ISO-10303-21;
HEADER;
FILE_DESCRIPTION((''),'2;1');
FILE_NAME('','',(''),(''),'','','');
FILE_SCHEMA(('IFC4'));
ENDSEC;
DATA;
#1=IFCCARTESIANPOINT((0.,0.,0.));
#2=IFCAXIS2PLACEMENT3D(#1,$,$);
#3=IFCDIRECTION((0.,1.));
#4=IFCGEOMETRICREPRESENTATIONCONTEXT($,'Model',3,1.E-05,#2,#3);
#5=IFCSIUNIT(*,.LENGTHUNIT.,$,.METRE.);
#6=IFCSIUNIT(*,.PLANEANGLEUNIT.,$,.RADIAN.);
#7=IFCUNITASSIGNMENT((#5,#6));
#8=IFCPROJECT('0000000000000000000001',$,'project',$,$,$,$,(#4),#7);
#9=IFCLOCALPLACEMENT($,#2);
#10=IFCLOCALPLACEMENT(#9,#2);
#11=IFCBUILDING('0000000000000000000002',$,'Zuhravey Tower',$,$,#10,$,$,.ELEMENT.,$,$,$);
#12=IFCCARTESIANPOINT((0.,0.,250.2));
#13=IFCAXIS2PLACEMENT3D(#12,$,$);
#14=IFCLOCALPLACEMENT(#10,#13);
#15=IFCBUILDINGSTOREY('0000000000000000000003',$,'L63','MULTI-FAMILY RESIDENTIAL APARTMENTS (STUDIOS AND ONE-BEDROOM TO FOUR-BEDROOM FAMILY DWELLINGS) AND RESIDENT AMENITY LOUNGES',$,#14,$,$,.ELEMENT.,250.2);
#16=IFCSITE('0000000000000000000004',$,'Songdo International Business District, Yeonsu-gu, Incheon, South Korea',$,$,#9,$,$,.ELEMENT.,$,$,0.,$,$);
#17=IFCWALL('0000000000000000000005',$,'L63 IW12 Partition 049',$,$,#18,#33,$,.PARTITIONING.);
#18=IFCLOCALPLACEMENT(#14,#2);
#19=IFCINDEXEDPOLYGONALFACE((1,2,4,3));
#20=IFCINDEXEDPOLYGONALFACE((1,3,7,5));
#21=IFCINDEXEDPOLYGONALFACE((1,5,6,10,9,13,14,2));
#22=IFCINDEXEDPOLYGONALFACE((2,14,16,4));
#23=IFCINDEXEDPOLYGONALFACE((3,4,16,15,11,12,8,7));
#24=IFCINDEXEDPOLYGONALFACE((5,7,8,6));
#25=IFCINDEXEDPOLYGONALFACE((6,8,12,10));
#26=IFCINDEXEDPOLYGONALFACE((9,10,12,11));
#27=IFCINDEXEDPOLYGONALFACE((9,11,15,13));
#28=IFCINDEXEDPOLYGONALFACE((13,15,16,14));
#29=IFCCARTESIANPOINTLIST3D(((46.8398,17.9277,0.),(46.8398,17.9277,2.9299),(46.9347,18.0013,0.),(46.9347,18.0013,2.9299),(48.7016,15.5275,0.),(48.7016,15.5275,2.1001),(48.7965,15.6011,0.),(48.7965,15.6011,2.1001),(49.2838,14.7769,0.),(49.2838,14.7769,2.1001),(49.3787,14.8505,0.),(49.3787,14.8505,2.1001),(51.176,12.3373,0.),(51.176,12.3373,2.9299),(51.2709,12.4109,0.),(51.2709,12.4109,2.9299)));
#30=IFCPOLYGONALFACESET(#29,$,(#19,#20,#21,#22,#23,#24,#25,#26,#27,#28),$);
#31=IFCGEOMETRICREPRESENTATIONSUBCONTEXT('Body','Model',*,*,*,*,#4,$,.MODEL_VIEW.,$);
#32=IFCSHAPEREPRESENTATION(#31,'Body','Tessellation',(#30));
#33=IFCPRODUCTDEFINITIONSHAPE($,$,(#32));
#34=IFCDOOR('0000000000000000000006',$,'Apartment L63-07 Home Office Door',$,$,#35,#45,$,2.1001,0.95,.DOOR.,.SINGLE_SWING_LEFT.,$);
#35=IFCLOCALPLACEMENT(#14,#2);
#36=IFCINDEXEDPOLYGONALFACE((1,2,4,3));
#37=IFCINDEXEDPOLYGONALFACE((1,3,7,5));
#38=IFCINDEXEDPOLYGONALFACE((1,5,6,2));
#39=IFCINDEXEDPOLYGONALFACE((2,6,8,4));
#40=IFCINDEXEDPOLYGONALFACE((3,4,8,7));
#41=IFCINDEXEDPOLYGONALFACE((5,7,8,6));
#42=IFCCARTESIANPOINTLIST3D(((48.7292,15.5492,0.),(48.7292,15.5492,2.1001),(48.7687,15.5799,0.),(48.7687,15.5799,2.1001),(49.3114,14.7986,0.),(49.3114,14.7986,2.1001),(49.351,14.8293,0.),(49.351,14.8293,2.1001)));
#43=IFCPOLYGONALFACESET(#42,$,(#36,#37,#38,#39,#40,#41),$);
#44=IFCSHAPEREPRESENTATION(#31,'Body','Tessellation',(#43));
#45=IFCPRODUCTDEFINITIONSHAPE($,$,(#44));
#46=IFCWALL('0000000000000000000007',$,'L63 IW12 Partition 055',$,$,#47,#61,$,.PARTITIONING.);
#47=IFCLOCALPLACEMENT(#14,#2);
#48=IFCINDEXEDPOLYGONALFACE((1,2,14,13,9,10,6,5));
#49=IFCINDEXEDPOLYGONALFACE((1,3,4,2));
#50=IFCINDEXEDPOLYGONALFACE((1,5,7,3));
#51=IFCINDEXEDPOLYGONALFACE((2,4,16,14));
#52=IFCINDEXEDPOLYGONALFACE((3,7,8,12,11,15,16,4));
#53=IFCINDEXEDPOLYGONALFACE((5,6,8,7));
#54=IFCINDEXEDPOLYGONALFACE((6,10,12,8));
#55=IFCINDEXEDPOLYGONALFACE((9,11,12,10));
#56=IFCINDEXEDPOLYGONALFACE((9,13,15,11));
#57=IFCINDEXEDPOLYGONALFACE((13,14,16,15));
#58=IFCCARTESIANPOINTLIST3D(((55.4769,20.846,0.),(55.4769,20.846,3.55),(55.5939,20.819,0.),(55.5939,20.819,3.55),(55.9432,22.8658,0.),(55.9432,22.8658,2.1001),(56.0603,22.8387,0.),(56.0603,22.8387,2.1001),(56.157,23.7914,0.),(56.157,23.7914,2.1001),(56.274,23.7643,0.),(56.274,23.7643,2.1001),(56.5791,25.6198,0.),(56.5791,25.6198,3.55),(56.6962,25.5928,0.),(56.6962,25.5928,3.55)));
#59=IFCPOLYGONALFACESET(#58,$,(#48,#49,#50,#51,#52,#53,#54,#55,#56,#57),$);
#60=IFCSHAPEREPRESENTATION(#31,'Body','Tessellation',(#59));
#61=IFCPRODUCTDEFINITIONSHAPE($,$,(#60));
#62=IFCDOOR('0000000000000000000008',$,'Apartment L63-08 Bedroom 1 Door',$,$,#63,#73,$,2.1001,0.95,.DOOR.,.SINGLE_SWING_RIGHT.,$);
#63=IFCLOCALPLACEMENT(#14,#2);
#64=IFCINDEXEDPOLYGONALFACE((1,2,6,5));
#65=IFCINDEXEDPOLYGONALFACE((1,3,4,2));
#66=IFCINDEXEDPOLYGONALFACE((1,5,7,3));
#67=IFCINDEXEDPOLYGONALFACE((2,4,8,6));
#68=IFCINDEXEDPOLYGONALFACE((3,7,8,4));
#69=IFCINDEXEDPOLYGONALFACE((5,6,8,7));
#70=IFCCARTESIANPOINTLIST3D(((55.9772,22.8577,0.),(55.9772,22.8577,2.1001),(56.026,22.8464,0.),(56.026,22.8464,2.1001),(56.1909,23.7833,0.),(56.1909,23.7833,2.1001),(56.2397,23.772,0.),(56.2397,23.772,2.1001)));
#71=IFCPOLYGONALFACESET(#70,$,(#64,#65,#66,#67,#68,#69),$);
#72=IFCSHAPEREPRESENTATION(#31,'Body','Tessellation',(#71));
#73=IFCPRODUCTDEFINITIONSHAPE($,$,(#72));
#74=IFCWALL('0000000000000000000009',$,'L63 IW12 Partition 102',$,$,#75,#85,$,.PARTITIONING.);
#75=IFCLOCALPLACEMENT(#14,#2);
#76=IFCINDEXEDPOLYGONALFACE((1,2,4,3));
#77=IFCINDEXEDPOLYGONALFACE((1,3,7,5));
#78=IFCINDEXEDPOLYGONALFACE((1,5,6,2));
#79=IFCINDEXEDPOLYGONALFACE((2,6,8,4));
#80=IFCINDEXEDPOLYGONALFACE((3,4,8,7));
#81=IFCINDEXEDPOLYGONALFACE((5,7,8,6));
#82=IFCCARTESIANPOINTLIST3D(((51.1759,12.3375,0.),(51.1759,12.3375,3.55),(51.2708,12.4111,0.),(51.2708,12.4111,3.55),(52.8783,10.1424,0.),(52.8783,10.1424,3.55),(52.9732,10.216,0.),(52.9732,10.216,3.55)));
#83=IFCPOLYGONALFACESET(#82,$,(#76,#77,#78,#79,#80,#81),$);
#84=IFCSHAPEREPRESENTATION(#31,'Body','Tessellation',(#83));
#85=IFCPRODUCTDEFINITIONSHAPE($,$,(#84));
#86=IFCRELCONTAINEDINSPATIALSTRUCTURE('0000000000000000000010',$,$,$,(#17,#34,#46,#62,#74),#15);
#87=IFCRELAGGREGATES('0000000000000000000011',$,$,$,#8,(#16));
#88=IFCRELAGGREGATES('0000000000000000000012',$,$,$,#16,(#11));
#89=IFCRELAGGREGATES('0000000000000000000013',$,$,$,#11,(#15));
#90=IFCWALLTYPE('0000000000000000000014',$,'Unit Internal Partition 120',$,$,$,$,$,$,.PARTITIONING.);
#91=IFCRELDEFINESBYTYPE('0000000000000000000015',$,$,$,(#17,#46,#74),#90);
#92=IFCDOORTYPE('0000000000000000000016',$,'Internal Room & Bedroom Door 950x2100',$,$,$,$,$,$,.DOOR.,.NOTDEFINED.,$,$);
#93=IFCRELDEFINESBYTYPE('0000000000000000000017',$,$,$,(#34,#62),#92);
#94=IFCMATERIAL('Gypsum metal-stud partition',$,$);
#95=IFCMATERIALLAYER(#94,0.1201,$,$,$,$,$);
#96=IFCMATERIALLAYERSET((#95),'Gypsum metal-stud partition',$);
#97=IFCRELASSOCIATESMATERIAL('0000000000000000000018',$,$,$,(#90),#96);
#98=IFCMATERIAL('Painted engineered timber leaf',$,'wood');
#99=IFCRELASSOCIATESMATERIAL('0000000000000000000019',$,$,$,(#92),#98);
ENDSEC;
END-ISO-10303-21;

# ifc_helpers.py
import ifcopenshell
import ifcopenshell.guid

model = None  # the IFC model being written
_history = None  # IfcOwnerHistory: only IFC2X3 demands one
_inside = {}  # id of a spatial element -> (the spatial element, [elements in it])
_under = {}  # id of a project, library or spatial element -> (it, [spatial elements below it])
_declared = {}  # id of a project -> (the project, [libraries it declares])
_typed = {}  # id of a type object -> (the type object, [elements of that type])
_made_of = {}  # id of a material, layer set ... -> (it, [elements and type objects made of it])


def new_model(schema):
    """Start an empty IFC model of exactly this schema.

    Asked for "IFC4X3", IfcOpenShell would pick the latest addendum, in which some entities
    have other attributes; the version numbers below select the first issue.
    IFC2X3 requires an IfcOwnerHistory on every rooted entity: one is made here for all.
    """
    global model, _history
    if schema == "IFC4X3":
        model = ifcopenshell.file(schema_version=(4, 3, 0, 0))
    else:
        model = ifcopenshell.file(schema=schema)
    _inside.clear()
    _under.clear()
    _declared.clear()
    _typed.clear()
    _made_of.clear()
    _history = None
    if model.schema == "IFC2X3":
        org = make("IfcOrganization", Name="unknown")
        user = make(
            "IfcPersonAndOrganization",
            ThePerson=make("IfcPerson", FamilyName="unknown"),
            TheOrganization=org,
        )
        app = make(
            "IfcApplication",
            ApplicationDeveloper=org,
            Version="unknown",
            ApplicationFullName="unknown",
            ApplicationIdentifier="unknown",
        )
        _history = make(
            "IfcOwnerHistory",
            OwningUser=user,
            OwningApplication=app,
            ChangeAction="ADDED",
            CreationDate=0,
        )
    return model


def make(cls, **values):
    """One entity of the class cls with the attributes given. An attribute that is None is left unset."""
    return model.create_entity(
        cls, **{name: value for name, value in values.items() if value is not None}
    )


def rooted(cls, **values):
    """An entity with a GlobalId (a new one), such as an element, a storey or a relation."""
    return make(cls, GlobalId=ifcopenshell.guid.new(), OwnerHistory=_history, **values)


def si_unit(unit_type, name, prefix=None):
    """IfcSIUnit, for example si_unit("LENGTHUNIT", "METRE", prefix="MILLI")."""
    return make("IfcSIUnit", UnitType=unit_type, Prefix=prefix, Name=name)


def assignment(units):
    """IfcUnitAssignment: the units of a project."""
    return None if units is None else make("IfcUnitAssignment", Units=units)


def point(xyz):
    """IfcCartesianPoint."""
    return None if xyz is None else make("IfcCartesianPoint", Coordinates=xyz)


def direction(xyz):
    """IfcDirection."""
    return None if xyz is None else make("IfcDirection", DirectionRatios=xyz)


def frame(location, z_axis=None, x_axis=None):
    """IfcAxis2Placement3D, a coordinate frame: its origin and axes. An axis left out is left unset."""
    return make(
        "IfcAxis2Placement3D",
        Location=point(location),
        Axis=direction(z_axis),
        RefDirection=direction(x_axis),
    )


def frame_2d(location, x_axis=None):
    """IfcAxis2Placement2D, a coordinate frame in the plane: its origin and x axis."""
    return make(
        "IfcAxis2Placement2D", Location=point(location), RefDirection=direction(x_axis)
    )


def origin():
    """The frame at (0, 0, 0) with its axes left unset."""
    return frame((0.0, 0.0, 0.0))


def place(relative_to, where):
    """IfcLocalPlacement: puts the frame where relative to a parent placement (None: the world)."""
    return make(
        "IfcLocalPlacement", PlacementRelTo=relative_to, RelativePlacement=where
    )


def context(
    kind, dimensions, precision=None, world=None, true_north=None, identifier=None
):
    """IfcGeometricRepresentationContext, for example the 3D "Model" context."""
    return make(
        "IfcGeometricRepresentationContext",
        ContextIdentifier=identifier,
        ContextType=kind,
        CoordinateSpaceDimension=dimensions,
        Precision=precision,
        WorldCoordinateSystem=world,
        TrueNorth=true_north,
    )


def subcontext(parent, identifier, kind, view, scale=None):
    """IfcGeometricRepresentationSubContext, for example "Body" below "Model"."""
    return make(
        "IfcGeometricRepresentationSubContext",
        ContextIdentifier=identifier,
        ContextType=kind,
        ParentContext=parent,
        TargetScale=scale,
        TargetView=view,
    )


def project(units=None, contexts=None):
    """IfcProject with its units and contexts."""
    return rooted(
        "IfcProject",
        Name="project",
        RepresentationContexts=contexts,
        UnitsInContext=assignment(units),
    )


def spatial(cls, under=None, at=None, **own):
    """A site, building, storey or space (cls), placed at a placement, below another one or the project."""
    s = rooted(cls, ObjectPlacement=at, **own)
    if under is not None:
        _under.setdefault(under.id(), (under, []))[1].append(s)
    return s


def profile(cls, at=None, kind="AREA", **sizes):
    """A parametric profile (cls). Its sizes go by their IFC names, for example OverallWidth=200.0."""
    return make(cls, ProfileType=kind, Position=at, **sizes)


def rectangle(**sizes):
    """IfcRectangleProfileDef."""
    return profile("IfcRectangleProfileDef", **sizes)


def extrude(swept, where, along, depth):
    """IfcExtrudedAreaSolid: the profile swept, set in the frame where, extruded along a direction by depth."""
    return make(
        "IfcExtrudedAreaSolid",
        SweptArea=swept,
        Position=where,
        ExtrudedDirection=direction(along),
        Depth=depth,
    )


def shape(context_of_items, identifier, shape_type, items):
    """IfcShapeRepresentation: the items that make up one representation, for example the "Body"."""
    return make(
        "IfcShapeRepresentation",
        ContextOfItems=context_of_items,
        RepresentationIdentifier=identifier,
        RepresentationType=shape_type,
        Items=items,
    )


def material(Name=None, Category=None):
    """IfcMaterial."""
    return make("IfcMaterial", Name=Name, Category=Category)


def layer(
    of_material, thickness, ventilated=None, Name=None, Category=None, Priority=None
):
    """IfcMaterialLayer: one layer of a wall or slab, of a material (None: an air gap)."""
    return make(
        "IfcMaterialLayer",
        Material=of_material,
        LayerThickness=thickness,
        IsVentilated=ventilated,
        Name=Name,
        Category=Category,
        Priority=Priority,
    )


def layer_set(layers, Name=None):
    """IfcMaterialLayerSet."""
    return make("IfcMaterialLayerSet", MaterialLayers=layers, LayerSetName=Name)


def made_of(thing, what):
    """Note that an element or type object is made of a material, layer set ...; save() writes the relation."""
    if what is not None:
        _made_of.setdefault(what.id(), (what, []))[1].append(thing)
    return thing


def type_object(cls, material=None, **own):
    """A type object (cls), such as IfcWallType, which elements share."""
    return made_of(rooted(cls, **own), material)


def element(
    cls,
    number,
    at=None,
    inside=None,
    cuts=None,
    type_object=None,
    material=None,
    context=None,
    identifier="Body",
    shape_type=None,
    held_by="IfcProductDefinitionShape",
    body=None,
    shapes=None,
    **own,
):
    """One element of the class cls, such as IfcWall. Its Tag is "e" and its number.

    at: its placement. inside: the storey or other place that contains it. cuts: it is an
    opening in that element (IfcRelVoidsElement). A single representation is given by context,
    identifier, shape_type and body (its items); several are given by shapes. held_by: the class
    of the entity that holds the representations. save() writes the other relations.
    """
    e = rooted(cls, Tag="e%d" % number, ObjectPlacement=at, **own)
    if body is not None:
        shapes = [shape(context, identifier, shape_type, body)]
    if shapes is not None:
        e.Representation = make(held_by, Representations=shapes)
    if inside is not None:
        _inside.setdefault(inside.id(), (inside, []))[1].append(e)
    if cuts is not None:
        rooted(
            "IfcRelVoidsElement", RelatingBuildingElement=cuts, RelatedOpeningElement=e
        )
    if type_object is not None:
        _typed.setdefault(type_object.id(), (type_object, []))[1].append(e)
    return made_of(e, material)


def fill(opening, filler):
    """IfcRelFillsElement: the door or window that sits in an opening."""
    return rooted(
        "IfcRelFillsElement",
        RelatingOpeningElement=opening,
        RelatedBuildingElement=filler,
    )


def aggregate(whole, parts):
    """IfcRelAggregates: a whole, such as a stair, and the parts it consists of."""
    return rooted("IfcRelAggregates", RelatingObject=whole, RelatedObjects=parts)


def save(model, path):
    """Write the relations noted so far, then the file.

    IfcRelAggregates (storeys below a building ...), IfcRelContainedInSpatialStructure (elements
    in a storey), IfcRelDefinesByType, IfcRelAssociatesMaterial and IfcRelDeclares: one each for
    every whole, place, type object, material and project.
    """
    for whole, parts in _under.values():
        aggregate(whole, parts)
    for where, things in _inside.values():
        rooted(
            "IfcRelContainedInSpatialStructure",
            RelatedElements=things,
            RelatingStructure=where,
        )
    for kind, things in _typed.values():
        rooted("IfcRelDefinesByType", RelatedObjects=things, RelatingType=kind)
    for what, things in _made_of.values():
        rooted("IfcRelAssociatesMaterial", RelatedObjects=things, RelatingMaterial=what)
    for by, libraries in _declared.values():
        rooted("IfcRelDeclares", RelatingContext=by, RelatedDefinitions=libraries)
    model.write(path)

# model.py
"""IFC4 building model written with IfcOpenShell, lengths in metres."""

from ifc_helpers import new_model, si_unit, direction, frame, frame_2d, origin, place, context, subcontext, project, spatial, rectangle, extrude, material, layer, layer_set, type_object, element, fill, save


model = new_model("IFC4")

# Units and contexts
model_context = context("Model", 3, precision=1e-05, world=origin(), true_north=direction((0.0, 1.0)))
body_context = subcontext(model_context, "Body", "Model", "MODEL_VIEW")
ifc_project = project(units=[si_unit("LENGTHUNIT", "METRE"), si_unit("PLANEANGLEUNIT", "RADIAN")], contexts=[model_context])

# Site, building, storey
site_placement = place(None, origin())
site = spatial("IfcSite", under=ifc_project, at=site_placement, Name="Songdo International Business District, Yeonsu-gu, Incheon, South Korea", CompositionType="ELEMENT", RefElevation=0.0)
building_placement = place(site_placement, origin())
building = spatial("IfcBuilding", under=site, at=building_placement, Name="Zuhravey Tower", CompositionType="ELEMENT")
storey_placement = place(building_placement, frame((0.0, 0.0, 250.2)))
storey = spatial("IfcBuildingStorey", under=building, at=storey_placement, Name="L63", Description="MULTI-FAMILY RESIDENTIAL APARTMENTS (STUDIOS AND ONE-BEDROOM TO FOUR-BEDROOM FAMILY DWELLINGS) AND RESIDENT AMENITY LOUNGES", CompositionType="ELEMENT", Elevation=250.2)

# Walls, openings, doors
ifc_material_1 = material(Name="Gypsum metal-stud partition")
ifc_layer_1 = layer(ifc_material_1, 0.1201)
ifc_layer_set_1 = layer_set([ifc_layer_1], Name="Gypsum metal-stud partition")
wall_type_1 = type_object("IfcWallType", Name="Unit Internal Partition 120", PredefinedType="PARTITIONING", material=ifc_layer_set_1)
wall_1_placement = place(storey_placement, frame((46.8872, 17.9646, 0.0), z_axis=(0.0, 0.0, 1.0), x_axis=(0.612896, -0.790164, 0.0)))
wall_1 = element("IfcWall", 1, at=wall_1_placement, inside=storey, type_object=wall_type_1, Name="L63 IW12 Partition 049", PredefinedType="PARTITIONING", context=body_context, shape_type="SweptSolid", body=[
    extrude(rectangle(XDim=7.075, YDim=0.1201, at=frame_2d((3.5376, 0.0))), origin(), (0.0, 0.0, 1.0), 2.9299),
])
opening_1_placement = place(wall_1_placement, frame((3.0376, 0.0, 0.0)))
opening_1 = element("IfcOpeningElement", 2, at=opening_1_placement, cuts=wall_1, PredefinedType="OPENING", context=body_context, shape_type="SweptSolid", body=[
    extrude(rectangle(XDim=0.95, YDim=2.1001, at=frame_2d((0.4751, 1.05))), frame((0.0, 0.072, 0.0), z_axis=(0.0, -1.0, 0.0), x_axis=(1.0, 0.0, 0.0)), (0.0, 0.0, 1.0), 0.144),
])
ifc_material_2 = material(Name="Painted engineered timber leaf", Category="wood")
door_type = type_object("IfcDoorType", Name="Internal Room & Bedroom Door 950x2100", OperationType="NOTDEFINED", PredefinedType="DOOR", material=ifc_material_2)
door_1_placement = place(opening_1_placement, frame((0.95, 0.0, 0.0), z_axis=(0.0, 0.0, 1.0), x_axis=(-1.0, 0.0, 0.0)))
door_1 = element("IfcDoor", 3, at=door_1_placement, inside=storey, type_object=door_type, Name="Apartment L63-07 Home Office Door", OperationType="SINGLE_SWING_LEFT", OverallHeight=2.1001, OverallWidth=0.95, PredefinedType="DOOR", context=body_context, shape_type="SweptSolid", body=[
    extrude(rectangle(XDim=0.95, YDim=2.1001, at=frame_2d((0.4751, 1.05))), frame((0.0, 0.0249, 0.0), z_axis=(0.0, -1.0, 0.0), x_axis=(1.0, 0.0, 0.0)), (0.0, 0.0, 1.0), 0.05),
])
fill(opening_1, door_1)
wall_2_placement = place(storey_placement, frame((55.5354, 20.8325, 0.0), z_axis=(0.0, 0.0, 1.0), x_axis=(0.22498, 0.974363, 0.0)))
wall_2 = element("IfcWall", 4, at=wall_2_placement, inside=storey, type_object=wall_type_1, Name="L63 IW12 Partition 055", PredefinedType="PARTITIONING", context=body_context, shape_type="SweptSolid", body=[
    extrude(rectangle(XDim=4.8994, YDim=0.1201, at=frame_2d((2.4497, 0.0))), origin(), (0.0, 0.0, 1.0), 3.55),
])
opening_2_placement = place(wall_2_placement, frame((2.0728, 0.0, 0.0)))
opening_2 = element("IfcOpeningElement", 5, at=opening_2_placement, cuts=wall_2, PredefinedType="OPENING", context=body_context, shape_type="SweptSolid", body=[
    extrude(rectangle(XDim=0.95, YDim=2.1001, at=frame_2d((0.4751, 1.05))), frame((0.0, 0.072, 0.0), z_axis=(0.0, -1.0, 0.0), x_axis=(1.0, 0.0, 0.0)), (0.0, 0.0, 1.0), 0.144),
])
door_2_placement = place(opening_2_placement, frame((0.95, 0.0, 0.0), z_axis=(0.0, 0.0, 1.0), x_axis=(-1.0, 0.0, 0.0)))
door_2 = element("IfcDoor", 6, at=door_2_placement, inside=storey, type_object=door_type, Name="Apartment L63-08 Bedroom 1 Door", OperationType="SINGLE_SWING_RIGHT", OverallHeight=2.1001, OverallWidth=0.95, PredefinedType="DOOR", context=body_context, shape_type="SweptSolid", body=[
    extrude(rectangle(XDim=0.95, YDim=2.1001, at=frame_2d((0.4751, 1.05))), frame((0.0, 0.0249, 0.0), z_axis=(0.0, -1.0, 0.0), x_axis=(1.0, 0.0, 0.0)), (0.0, 0.0, 1.0), 0.05),
])
fill(opening_2, door_2)

# Wall
wall_3_placement = place(storey_placement, frame((51.2234, 12.3743, 0.0), z_axis=(0.0, 0.0, 1.0), x_axis=(0.612845, -0.790203, 0.0)))
element("IfcWall", 7, at=wall_3_placement, inside=storey, type_object=wall_type_1, Name="L63 IW12 Partition 102", PredefinedType="PARTITIONING", context=body_context, shape_type="SweptSolid", body=[
    extrude(rectangle(XDim=2.7778, YDim=0.1201, at=frame_2d((1.3889, 0.0))), origin(), (0.0, 0.0, 1.0), 3.55),
])

save(model, "model.ifc")
